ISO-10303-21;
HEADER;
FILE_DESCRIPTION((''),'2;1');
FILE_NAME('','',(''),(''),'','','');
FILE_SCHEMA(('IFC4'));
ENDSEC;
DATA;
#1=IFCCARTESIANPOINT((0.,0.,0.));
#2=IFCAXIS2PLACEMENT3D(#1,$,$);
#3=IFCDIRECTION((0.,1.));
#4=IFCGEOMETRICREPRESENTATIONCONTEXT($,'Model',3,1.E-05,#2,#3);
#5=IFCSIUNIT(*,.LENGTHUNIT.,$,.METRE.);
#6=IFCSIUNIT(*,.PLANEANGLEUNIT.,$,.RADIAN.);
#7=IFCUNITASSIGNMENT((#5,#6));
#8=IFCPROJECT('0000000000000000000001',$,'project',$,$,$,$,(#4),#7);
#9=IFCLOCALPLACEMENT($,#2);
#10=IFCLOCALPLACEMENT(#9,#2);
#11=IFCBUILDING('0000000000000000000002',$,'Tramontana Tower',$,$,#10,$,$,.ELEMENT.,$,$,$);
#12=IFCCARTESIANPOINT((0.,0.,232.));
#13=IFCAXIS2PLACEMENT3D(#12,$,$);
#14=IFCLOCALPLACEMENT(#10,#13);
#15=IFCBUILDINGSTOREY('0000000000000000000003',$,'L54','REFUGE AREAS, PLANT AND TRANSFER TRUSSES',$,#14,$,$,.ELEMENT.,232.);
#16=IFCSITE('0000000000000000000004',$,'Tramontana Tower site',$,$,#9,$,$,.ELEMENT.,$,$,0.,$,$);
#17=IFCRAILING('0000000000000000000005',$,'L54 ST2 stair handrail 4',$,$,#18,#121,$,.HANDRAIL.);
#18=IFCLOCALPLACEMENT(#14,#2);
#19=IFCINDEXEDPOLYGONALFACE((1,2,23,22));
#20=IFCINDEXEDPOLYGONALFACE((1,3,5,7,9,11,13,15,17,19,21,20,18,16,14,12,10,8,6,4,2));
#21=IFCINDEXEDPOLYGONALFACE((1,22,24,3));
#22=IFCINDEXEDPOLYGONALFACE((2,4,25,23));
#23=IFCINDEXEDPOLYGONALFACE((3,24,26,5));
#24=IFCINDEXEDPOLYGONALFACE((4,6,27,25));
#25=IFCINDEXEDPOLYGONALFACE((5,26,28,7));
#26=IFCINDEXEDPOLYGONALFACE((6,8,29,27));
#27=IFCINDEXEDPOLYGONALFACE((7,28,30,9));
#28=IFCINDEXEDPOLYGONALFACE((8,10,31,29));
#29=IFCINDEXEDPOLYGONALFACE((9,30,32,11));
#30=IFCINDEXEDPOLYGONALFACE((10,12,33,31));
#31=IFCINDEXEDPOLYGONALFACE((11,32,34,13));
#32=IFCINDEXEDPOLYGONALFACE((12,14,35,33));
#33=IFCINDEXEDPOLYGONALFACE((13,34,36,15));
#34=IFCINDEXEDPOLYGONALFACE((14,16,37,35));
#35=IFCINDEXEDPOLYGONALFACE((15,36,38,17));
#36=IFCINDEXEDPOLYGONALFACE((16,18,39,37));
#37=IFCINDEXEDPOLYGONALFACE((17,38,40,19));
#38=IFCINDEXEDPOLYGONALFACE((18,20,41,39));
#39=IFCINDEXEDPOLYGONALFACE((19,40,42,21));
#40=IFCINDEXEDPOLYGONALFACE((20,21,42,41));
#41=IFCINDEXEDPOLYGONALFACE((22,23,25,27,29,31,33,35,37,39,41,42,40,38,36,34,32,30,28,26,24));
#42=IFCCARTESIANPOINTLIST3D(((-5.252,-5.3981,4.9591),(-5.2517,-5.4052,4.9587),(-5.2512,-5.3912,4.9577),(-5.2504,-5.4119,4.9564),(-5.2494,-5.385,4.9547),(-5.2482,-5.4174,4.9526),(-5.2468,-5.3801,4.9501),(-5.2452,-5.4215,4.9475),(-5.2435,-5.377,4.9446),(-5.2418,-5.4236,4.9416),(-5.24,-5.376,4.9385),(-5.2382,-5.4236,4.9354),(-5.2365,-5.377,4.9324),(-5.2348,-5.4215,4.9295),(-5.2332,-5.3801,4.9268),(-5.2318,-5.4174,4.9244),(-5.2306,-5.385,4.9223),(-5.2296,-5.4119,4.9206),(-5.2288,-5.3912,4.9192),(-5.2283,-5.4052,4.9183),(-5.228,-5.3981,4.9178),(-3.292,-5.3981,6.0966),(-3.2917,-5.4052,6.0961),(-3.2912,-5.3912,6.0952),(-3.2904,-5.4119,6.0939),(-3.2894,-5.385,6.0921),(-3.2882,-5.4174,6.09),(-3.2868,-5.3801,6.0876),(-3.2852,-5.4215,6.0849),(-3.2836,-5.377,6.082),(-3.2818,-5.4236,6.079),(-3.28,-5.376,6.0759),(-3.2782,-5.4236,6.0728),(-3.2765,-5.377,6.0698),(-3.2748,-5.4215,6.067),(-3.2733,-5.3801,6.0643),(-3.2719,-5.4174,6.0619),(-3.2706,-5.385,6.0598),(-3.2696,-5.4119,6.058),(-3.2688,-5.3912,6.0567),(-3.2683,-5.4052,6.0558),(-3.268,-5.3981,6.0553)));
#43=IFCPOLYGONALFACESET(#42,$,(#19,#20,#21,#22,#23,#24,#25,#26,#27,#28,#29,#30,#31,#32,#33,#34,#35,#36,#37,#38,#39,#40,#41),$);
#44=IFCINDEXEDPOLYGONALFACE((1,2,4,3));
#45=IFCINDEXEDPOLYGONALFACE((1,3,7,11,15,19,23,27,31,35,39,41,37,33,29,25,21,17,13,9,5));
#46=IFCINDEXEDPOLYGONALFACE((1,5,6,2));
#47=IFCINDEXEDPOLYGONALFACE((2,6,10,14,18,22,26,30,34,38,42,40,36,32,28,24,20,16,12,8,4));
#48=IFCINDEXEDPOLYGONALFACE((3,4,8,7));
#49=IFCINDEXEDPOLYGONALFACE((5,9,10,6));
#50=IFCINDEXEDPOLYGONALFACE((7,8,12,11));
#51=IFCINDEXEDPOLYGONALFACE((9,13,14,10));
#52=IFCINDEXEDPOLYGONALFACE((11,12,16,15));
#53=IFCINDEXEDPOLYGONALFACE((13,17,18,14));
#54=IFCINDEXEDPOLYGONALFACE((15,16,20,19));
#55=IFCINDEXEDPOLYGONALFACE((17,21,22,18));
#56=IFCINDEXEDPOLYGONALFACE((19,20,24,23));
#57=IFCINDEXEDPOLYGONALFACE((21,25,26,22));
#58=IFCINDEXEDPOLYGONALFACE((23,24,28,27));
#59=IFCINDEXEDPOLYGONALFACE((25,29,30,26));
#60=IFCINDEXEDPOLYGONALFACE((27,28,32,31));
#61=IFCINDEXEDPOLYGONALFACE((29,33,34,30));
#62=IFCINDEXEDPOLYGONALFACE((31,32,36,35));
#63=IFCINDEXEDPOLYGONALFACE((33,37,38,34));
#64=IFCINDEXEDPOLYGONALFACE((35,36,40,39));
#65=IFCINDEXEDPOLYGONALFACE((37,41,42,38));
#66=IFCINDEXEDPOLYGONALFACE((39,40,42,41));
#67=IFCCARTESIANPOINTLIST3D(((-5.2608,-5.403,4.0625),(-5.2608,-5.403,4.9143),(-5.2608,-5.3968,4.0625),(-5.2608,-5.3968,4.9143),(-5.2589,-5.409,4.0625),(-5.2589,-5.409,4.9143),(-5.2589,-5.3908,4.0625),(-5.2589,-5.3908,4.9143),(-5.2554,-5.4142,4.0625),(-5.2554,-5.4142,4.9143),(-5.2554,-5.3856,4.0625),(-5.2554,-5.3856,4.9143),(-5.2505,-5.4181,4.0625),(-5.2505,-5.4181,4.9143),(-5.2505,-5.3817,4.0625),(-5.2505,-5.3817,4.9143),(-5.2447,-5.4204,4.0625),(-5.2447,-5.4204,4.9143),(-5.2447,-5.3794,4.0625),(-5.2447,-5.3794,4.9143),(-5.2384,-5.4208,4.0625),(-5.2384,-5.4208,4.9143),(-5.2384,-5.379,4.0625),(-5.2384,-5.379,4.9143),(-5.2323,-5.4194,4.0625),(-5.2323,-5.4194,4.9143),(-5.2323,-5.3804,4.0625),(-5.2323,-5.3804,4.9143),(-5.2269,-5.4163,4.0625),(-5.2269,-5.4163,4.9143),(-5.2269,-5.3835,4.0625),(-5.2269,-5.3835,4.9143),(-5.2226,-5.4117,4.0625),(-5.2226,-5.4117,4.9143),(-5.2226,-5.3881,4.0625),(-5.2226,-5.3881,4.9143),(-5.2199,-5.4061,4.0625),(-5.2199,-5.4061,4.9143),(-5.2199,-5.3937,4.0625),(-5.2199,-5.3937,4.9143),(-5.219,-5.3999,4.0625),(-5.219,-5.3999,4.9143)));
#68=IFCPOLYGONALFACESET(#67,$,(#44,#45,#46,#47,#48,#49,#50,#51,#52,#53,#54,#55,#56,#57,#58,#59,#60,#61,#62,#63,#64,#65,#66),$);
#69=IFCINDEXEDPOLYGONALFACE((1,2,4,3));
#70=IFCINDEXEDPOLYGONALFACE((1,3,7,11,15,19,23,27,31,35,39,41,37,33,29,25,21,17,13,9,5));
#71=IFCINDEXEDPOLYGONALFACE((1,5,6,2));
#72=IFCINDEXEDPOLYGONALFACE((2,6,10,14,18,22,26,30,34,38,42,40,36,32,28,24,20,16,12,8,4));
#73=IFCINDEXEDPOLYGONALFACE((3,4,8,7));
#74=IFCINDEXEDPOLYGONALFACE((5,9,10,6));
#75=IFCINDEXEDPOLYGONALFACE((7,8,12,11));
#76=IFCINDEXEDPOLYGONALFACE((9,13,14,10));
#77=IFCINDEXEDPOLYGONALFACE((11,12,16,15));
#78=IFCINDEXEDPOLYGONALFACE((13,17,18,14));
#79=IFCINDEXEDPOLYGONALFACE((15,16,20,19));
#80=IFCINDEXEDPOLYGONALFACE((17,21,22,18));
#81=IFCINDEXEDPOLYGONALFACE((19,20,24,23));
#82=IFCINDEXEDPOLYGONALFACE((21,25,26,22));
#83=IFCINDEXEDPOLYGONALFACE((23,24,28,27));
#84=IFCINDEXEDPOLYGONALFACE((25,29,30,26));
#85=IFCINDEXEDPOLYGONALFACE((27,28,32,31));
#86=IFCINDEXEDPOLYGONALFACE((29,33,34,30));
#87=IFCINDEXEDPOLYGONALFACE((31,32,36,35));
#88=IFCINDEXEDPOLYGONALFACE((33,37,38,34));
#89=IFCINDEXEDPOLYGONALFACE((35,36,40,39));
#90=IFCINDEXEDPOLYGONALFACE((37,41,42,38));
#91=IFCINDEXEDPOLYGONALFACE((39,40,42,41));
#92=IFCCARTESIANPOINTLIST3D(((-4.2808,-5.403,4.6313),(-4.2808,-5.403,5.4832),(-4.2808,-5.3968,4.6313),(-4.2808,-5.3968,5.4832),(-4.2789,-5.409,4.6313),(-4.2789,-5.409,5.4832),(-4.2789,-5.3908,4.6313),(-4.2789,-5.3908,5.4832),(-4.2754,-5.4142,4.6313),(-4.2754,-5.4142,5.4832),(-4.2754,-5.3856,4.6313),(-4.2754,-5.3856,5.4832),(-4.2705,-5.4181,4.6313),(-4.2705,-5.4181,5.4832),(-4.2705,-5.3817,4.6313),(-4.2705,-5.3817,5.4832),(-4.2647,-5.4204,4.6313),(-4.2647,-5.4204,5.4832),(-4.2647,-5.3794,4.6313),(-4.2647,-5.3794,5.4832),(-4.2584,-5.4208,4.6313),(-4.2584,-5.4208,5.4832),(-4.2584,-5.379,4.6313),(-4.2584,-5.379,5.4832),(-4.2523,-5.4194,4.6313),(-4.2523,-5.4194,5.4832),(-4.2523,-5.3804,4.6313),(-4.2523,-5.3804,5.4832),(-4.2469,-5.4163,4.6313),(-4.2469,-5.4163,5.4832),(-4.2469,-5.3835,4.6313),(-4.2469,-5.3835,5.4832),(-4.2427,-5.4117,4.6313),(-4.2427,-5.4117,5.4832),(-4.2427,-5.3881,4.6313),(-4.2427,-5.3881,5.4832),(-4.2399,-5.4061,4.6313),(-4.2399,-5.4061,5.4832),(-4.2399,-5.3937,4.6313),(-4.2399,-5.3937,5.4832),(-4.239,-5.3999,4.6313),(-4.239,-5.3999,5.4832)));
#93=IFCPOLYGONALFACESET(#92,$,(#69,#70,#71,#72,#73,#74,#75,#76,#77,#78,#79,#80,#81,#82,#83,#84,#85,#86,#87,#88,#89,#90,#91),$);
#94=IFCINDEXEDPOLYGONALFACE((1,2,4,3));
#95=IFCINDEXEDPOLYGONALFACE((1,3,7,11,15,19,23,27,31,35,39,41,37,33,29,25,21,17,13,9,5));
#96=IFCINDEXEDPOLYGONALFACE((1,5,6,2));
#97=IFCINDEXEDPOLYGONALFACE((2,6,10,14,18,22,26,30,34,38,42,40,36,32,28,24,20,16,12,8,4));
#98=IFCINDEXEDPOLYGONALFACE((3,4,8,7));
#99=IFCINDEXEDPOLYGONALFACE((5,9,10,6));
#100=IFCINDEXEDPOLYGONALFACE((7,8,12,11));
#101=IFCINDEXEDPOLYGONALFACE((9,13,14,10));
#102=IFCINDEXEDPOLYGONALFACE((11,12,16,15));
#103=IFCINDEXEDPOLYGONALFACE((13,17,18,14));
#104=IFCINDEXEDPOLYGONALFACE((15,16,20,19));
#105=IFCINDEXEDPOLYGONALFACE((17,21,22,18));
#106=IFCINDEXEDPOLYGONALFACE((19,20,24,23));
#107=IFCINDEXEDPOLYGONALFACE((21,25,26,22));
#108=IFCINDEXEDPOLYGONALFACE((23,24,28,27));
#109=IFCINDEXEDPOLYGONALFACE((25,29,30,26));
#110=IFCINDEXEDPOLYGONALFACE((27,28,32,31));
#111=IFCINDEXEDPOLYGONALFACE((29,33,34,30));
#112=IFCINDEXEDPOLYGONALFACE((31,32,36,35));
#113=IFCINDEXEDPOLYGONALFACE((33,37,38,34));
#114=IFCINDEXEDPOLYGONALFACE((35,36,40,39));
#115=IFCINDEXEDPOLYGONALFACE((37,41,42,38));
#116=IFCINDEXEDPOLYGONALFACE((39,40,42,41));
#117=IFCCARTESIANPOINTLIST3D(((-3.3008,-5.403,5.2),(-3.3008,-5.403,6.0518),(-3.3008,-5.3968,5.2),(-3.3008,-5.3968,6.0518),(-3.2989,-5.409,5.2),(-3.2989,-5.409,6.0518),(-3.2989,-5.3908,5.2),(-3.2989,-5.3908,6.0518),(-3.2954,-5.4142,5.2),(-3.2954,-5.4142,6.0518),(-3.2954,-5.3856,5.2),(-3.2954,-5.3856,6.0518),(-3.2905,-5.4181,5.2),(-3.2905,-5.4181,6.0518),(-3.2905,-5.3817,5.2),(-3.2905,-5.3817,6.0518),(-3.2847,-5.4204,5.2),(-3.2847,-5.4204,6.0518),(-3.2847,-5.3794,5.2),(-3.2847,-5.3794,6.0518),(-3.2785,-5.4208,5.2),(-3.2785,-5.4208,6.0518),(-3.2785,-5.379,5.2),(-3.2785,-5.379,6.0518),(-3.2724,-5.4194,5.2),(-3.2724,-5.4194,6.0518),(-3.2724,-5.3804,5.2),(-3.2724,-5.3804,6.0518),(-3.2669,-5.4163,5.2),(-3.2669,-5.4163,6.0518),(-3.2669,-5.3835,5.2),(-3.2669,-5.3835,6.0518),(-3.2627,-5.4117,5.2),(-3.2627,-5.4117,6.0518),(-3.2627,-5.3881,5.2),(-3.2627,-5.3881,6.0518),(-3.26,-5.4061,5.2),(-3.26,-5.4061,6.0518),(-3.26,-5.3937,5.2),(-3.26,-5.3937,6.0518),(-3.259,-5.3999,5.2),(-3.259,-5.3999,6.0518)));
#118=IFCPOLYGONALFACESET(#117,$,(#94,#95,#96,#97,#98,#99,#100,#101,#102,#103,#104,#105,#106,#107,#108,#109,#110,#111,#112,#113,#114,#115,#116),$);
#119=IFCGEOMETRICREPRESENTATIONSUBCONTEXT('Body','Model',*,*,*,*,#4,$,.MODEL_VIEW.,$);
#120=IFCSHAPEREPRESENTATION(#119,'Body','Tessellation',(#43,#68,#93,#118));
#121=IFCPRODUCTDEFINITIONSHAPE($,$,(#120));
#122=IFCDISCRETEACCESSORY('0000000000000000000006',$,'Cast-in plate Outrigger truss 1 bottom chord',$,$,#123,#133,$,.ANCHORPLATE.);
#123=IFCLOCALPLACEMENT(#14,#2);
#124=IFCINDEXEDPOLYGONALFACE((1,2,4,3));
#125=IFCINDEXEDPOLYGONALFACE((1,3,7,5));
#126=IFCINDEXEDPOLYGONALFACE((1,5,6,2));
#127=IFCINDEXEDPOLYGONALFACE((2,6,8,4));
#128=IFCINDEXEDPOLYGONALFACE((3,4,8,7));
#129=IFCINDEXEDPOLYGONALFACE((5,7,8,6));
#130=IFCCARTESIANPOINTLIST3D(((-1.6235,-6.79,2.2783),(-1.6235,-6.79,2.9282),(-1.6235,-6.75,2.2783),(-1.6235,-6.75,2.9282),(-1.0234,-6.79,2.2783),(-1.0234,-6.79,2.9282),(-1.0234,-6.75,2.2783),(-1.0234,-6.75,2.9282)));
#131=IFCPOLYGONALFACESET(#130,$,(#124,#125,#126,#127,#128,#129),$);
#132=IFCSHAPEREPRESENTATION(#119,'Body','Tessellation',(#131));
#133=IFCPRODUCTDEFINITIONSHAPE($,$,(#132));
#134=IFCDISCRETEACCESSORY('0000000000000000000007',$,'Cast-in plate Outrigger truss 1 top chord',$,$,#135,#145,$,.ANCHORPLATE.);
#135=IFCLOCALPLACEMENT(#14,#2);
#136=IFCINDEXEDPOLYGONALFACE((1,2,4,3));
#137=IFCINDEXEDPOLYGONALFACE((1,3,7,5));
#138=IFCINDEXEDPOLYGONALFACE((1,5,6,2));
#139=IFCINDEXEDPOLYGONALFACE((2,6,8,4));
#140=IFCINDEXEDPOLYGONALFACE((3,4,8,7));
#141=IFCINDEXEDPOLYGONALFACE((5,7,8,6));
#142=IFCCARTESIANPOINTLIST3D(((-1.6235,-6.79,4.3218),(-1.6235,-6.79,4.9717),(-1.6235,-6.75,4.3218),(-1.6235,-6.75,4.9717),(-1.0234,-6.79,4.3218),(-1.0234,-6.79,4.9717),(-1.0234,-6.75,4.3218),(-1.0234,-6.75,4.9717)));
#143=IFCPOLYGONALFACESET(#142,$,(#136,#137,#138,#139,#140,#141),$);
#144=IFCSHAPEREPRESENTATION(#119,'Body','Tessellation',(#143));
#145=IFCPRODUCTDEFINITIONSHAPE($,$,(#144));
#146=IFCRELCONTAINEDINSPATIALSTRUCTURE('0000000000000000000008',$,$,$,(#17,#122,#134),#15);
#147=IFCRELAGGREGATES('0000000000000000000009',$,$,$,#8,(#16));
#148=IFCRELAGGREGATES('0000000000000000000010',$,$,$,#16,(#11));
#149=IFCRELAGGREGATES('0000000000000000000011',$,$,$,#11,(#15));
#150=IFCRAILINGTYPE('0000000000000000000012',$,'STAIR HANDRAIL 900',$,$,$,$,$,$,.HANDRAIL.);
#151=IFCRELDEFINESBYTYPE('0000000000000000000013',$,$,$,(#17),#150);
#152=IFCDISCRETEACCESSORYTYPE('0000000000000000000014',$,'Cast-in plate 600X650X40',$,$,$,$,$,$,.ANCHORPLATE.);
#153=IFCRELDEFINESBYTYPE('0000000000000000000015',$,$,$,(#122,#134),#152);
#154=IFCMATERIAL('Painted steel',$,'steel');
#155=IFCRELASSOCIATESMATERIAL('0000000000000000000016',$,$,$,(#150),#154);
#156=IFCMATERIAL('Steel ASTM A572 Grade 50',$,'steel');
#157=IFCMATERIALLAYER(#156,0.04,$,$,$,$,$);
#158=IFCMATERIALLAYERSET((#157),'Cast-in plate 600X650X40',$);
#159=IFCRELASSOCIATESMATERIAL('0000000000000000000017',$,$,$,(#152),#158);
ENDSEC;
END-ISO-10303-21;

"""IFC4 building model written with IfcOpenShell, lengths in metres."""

from ifc_helpers import new_model, si_unit, direction, frame, origin, origin_2d, place, context, subcontext, project, spatial, rectangle, circle, extrude, material, layer, layer_set, type_object, element, save


model = new_model("IFC4")

# Units and contexts
model_context = context("Model", 3, precision=1e-05, world=origin(), true_north=direction((0.0, 1.0)))
body_context = subcontext(model_context, "Body", "Model", "MODEL_VIEW")
ifc_project = project(units=[si_unit("LENGTHUNIT", "METRE"), si_unit("PLANEANGLEUNIT", "RADIAN")], contexts=[model_context])

# Site, building, storey
site_placement = place(None, origin())
site = spatial("IfcSite", under=ifc_project, at=site_placement, Name="Tramontana Tower site", CompositionType="ELEMENT", RefElevation=0.0)
building_placement = place(site_placement, origin())
building = spatial("IfcBuilding", under=site, at=building_placement, Name="Tramontana Tower", CompositionType="ELEMENT")
storey_placement = place(building_placement, frame((0.0, 0.0, 232.0)))
storey = spatial("IfcBuildingStorey", under=building, at=storey_placement, Name="L54", Description="REFUGE AREAS, PLANT AND TRANSFER TRUSSES", CompositionType="ELEMENT", Elevation=232.0)

# Railing
ifc_material_1 = material(Name="Painted steel", Category="steel")
railing_type_1 = type_object("IfcRailingType", Name="STAIR HANDRAIL 900", PredefinedType="HANDRAIL", material=ifc_material_1)
railing_1_placement = place(storey_placement, frame((-5.24, -5.3999, 4.0625)))
element("IfcRailing", 1, at=railing_1_placement, inside=storey, type_object=railing_type_1, Name="L54 ST2 stair handrail 4", PredefinedType="HANDRAIL", context=body_context, shape_type="SweptSolid", body=[
    extrude(circle(Radius=0.0239, at=origin_2d()), frame((0.0, 0.0, 0.876), z_axis=(0.864902, 0.0, 0.501941), x_axis=(0.0, 1.0, 0.0)), (0.0, 0.0, 1.0), 2.2661),
    extrude(circle(Radius=0.021, at=origin_2d()), origin(), (0.0, 0.0, 1.0), 0.8518),
    extrude(circle(Radius=0.021, at=origin_2d()), frame((0.98, 0.0, 0.5688)), (0.0, 0.0, 1.0), 0.8518),
    extrude(circle(Radius=0.021, at=origin_2d()), frame((1.96, 0.0, 1.1375)), (0.0, 0.0, 1.0), 0.8518),
])

# Discrete accessories
ifc_material_2 = material(Name="Steel ASTM A572 Grade 50", Category="steel")
ifc_layer_1 = layer(ifc_material_2, 0.04)
ifc_layer_set_1 = layer_set([ifc_layer_1], Name="Cast-in plate 600X650X40")
discrete_accessory_type = type_object("IfcDiscreteAccessoryType", Name="Cast-in plate 600X650X40", PredefinedType="ANCHORPLATE", material=ifc_layer_set_1)
for number, where, z_axis, x_axis, name in (
    (2, (-1.3235, -6.77, 2.2783), (0.0, 0.0, 1.0), (1.0, 0.0, 0.0), "Cast-in plate Outrigger truss 1 bottom chord"),
    (3, (-1.3235, -6.77, 4.3218), (0.0, 0.0, 1.0), (1.0, 0.0, 0.0), "Cast-in plate Outrigger truss 1 top chord"),
):
    element("IfcDiscreteAccessory", number, at=place(storey_placement, frame(where, z_axis=z_axis, x_axis=x_axis)), inside=storey, type_object=discrete_accessory_type, Name=name, PredefinedType="ANCHORPLATE", context=body_context, shape_type="SweptSolid", body=[
        extrude(rectangle(XDim=0.6001, YDim=0.04, at=origin_2d()), origin(), (0.0, 0.0, 1.0), 0.6499),
    ])

save(model, "model.ifc")
